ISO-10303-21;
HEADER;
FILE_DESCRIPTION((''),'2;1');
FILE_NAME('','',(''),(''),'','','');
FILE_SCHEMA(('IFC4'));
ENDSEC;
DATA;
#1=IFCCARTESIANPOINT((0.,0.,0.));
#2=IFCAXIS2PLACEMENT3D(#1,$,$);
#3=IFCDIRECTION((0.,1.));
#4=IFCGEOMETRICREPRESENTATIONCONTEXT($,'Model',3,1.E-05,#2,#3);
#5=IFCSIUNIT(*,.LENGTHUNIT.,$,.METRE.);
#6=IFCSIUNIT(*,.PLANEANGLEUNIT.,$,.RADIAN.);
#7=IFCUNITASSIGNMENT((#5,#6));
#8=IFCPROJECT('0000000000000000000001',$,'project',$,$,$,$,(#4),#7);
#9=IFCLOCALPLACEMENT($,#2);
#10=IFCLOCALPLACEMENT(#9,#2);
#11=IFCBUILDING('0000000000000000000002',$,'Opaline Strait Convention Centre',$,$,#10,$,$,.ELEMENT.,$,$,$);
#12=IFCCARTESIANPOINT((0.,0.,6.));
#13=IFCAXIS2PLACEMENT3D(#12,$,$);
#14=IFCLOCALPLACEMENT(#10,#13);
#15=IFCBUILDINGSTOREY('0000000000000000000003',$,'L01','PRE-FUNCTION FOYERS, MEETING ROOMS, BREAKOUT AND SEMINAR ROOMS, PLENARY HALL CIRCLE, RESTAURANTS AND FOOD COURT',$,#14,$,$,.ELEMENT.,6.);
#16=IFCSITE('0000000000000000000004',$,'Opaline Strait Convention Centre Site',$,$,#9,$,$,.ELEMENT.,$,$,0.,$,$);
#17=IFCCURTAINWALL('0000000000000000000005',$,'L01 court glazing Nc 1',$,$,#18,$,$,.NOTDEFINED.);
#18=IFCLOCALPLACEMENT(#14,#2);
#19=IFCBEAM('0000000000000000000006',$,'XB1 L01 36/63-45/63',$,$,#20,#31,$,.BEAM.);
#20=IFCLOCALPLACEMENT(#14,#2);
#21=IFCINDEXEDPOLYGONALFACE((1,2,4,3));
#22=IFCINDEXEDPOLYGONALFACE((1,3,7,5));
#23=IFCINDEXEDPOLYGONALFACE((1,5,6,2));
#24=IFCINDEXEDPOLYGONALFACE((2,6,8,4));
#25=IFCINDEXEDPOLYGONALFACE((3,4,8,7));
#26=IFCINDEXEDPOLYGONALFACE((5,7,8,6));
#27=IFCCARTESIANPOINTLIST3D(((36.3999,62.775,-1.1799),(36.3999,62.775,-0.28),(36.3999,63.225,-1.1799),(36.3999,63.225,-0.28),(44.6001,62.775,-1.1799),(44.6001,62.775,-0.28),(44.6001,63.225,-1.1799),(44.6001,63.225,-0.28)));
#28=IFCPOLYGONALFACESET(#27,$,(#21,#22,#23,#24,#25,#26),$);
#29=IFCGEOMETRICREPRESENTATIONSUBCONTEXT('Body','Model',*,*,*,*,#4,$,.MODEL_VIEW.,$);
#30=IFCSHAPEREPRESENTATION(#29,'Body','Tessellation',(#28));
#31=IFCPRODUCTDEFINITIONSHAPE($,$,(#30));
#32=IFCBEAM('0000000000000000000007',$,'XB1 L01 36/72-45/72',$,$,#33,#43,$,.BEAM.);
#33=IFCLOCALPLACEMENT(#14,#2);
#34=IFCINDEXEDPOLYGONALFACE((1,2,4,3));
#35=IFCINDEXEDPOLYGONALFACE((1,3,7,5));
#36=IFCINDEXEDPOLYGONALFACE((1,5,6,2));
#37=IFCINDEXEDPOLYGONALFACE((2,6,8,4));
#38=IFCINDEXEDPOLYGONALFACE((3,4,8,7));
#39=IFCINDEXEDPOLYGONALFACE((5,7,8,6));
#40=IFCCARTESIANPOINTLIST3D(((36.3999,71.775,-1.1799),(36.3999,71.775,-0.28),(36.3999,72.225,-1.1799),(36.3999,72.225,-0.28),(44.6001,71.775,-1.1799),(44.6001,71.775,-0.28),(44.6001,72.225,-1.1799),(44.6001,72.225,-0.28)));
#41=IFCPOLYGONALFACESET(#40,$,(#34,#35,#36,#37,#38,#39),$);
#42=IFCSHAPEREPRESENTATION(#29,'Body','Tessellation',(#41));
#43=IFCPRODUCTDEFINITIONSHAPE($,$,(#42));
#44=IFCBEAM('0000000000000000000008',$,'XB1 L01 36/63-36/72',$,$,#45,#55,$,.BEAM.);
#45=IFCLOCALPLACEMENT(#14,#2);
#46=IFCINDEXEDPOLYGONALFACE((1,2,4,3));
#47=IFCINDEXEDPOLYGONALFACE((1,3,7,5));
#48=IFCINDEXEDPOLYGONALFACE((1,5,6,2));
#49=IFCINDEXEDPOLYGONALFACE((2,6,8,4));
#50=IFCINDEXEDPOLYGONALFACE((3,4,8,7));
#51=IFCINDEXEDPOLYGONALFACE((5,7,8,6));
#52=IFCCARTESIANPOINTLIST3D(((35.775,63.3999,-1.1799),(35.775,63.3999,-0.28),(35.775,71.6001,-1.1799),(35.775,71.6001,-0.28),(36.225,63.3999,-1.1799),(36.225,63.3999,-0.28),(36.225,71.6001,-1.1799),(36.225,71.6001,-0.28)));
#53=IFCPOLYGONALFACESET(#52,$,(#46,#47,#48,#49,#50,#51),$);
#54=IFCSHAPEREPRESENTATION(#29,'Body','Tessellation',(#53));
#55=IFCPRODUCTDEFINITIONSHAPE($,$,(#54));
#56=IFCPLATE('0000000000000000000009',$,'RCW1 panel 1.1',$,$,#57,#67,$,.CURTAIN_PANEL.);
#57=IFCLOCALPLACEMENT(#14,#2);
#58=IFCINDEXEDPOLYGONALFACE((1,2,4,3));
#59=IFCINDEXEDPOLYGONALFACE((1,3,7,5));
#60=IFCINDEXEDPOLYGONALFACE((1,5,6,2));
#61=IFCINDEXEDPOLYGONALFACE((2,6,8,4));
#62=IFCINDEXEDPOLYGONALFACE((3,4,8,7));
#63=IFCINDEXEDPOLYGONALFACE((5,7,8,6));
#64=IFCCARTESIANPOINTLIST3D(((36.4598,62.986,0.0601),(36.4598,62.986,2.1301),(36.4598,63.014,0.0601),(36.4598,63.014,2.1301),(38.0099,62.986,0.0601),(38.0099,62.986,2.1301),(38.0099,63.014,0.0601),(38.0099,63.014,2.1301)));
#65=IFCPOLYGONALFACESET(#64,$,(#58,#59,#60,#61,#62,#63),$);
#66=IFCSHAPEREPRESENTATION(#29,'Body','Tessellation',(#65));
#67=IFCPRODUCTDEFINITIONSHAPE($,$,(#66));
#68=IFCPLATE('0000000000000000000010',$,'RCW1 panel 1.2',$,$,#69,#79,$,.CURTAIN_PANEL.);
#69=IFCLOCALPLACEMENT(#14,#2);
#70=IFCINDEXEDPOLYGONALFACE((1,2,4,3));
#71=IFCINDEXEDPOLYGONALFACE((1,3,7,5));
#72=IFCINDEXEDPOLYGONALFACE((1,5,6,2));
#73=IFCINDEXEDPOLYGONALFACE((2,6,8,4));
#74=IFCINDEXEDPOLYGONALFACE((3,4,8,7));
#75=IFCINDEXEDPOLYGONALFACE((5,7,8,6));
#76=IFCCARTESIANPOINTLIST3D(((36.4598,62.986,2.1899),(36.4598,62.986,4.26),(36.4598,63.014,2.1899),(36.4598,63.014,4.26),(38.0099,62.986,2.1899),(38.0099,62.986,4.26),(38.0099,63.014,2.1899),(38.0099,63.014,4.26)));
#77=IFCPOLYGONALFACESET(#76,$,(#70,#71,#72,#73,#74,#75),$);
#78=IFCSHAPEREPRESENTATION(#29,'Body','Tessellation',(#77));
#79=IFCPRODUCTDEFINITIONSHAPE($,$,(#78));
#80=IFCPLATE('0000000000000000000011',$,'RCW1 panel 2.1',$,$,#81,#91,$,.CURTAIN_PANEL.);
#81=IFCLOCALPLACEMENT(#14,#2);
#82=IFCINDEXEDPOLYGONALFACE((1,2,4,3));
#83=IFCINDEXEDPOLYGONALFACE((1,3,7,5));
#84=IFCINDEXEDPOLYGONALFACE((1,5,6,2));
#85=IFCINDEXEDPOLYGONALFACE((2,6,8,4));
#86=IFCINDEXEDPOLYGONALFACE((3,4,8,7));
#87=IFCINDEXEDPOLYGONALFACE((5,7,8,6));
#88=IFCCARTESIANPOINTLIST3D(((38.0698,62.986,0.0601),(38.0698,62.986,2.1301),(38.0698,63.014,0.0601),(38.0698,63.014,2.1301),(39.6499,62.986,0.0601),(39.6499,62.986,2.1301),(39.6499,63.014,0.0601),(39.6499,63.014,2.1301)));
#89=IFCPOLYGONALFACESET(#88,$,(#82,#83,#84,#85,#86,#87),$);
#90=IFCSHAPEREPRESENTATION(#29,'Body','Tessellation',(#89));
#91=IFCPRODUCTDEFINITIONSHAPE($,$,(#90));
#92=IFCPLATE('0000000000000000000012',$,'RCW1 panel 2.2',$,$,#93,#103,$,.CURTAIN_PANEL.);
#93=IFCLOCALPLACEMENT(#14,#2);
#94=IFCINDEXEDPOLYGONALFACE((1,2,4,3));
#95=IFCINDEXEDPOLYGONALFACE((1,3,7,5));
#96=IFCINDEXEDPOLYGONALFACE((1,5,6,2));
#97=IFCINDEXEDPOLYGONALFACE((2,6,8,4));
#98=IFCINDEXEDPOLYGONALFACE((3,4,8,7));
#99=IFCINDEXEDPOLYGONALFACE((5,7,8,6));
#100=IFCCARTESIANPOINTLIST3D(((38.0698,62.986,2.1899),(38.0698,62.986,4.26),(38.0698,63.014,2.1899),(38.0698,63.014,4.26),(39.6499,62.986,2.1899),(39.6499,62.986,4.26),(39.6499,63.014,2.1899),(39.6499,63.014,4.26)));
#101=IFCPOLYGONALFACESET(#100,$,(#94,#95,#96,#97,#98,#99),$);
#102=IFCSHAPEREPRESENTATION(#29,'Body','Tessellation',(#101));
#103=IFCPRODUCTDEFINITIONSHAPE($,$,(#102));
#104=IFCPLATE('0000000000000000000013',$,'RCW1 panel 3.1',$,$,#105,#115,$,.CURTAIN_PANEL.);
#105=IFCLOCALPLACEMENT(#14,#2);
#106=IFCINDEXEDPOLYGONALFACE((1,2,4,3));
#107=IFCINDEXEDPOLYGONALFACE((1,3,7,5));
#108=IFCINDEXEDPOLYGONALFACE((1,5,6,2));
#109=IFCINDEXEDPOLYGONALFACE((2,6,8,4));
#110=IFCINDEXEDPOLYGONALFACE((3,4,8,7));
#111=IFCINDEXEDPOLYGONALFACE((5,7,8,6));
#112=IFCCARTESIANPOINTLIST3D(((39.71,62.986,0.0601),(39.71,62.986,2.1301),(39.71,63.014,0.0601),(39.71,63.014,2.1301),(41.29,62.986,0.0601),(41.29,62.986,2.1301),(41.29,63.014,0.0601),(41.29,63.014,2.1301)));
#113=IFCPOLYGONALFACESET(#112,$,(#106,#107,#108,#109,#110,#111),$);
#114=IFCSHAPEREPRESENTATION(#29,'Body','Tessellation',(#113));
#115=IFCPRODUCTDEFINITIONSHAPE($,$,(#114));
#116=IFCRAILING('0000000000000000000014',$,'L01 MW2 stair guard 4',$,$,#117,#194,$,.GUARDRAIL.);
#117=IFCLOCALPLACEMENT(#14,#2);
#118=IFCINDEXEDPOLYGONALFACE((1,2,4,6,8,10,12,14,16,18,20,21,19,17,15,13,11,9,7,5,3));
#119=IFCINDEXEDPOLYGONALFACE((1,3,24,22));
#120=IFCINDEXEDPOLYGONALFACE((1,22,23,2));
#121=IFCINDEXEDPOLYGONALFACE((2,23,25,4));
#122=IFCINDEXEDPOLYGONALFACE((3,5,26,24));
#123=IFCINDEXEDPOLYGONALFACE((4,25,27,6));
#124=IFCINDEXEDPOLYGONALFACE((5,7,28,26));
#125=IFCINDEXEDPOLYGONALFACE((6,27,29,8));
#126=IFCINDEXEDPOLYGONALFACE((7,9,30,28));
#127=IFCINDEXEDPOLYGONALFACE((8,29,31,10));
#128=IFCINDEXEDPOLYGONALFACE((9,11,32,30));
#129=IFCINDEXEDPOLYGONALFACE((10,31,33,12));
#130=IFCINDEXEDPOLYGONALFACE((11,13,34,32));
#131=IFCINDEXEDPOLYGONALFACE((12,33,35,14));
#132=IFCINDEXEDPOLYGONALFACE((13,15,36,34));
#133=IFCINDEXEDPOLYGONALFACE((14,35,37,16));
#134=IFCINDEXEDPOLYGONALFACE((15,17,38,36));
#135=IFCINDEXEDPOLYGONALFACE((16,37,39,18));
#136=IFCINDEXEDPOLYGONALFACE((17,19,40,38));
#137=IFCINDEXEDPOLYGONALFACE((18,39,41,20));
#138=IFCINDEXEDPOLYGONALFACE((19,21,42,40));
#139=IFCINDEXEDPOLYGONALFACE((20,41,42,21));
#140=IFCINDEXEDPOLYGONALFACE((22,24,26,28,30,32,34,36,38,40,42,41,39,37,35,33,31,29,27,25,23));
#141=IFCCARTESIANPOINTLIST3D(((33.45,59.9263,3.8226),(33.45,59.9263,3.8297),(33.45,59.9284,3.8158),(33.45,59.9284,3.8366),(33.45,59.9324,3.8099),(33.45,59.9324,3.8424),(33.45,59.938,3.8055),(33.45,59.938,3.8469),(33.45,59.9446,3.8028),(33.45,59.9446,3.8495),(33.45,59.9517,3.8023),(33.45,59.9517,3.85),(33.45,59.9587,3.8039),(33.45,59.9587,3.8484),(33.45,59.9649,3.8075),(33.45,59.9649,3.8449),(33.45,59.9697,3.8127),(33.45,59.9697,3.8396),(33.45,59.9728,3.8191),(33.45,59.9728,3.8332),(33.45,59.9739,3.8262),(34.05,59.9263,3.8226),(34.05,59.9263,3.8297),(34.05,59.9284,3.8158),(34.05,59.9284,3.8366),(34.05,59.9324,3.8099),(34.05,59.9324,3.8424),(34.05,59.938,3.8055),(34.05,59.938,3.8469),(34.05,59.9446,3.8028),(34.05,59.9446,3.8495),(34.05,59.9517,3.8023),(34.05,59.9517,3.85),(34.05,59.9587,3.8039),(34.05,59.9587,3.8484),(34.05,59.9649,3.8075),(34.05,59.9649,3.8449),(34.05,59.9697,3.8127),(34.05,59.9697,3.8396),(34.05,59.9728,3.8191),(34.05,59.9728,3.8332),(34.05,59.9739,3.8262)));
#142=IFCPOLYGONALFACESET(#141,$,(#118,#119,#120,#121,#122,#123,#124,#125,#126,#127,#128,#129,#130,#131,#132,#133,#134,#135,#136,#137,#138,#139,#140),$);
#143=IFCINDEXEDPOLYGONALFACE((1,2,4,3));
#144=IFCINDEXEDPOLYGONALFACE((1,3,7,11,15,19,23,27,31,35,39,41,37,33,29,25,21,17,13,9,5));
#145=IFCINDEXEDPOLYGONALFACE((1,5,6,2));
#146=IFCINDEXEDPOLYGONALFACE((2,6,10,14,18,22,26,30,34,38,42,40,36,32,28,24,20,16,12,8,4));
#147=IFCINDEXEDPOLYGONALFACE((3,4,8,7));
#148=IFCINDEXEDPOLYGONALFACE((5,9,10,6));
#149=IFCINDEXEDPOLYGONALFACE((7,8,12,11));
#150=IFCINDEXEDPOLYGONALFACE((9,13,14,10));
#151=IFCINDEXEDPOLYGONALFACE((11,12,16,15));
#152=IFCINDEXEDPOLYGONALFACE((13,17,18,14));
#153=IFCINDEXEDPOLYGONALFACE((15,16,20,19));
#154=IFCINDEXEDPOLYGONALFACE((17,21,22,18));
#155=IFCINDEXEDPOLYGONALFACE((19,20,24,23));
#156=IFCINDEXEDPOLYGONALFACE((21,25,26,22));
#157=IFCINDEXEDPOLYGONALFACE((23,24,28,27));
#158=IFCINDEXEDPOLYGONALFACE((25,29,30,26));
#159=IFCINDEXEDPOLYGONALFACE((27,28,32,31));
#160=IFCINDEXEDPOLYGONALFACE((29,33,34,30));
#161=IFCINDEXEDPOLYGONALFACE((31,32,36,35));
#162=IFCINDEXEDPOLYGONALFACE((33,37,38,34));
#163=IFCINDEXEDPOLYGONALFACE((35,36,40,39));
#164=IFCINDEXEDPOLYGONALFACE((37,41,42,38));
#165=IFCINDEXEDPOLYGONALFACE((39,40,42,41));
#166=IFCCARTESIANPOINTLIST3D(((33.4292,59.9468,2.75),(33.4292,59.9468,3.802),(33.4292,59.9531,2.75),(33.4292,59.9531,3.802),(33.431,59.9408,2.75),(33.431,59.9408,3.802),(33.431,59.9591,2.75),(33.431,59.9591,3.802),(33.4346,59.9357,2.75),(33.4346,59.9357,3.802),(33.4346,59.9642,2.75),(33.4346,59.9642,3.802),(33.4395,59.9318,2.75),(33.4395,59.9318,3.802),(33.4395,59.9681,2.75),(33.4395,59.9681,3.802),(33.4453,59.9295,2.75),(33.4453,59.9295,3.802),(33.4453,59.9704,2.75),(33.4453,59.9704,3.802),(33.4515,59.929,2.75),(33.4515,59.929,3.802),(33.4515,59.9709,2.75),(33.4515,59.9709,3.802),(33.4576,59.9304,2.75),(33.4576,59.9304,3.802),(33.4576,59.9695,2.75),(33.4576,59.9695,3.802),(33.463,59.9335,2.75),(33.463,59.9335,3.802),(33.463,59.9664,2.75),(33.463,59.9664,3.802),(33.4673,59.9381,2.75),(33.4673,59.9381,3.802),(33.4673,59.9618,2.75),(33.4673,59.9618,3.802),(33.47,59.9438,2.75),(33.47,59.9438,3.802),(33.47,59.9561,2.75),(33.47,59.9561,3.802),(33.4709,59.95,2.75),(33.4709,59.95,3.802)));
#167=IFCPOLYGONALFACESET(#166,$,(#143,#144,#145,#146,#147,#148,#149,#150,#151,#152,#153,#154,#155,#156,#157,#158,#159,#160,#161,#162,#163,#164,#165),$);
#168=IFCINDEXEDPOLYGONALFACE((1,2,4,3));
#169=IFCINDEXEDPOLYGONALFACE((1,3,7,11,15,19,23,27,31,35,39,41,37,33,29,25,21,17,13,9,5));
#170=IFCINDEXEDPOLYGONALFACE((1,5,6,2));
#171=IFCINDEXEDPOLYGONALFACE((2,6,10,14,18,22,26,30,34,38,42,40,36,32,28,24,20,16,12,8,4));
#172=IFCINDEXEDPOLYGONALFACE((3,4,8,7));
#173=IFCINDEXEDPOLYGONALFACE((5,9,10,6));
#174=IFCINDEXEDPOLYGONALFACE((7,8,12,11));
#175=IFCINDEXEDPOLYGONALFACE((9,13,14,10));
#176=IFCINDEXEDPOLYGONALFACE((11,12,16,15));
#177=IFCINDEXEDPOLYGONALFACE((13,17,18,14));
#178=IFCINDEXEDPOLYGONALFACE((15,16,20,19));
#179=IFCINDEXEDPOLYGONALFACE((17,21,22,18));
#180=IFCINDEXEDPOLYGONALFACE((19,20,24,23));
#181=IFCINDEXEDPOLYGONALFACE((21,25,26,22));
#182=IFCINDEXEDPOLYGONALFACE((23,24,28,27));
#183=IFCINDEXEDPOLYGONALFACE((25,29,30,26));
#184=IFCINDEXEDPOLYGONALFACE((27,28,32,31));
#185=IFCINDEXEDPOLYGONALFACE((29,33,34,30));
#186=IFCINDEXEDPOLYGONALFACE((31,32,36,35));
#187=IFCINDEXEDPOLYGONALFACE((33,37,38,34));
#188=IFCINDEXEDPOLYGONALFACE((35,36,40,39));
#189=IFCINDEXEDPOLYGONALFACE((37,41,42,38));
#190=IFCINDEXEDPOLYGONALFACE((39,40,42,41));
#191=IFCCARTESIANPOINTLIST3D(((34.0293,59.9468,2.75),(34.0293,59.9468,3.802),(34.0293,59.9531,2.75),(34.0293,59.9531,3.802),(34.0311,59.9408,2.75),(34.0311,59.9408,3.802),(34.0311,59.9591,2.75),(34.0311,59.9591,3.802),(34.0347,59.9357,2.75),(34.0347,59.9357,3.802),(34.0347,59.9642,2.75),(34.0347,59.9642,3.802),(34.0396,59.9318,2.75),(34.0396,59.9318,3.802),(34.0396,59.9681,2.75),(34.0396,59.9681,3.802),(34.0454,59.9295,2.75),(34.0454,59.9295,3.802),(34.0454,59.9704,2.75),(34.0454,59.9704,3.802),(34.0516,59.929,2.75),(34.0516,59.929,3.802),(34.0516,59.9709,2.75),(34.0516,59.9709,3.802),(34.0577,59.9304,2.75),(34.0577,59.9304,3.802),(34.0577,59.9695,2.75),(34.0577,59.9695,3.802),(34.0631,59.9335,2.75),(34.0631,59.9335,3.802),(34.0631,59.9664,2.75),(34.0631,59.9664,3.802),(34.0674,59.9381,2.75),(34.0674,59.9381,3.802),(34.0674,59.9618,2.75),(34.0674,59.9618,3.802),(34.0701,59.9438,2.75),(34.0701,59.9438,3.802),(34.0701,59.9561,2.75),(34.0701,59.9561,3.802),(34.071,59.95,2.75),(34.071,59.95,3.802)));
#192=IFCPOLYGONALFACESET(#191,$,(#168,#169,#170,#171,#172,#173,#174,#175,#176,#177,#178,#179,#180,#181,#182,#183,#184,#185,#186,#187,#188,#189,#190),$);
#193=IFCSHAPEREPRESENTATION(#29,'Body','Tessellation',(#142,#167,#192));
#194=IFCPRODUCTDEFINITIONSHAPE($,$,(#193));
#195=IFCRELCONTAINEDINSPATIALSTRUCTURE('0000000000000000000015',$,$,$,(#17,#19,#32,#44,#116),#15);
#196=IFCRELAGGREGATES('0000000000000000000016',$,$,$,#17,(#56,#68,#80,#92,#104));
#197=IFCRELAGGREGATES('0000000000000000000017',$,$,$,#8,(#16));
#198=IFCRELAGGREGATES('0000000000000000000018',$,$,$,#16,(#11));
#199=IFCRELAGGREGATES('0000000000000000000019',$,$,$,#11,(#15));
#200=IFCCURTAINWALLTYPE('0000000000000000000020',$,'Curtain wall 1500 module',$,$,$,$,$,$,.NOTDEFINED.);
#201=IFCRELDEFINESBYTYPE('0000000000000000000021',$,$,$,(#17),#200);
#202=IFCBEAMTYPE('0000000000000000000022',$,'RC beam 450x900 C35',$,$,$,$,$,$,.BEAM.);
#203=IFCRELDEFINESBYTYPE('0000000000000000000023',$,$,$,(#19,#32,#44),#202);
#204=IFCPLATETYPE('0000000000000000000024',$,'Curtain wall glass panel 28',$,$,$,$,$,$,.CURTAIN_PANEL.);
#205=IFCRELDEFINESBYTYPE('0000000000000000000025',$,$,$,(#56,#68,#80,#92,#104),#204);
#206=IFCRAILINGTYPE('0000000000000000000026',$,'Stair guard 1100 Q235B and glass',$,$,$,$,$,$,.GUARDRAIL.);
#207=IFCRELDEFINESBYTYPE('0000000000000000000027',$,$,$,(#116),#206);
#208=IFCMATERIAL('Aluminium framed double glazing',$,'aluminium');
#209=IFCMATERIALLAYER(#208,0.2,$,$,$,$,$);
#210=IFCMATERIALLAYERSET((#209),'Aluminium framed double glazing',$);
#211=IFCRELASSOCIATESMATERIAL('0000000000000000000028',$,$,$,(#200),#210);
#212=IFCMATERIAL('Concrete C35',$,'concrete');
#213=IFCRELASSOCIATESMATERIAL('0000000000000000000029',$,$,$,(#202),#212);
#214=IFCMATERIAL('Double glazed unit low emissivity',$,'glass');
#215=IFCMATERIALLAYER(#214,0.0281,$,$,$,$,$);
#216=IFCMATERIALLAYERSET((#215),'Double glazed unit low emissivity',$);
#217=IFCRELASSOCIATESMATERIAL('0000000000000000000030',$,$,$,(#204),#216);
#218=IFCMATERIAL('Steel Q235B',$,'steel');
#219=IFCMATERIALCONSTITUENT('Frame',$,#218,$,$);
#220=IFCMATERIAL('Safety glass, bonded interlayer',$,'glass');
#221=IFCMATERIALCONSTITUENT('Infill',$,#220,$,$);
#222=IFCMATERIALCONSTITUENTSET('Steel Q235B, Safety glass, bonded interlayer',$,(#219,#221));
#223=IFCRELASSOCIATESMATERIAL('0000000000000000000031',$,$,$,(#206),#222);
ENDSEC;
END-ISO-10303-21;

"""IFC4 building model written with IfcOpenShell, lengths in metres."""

from ifc_helpers import new_model, si_unit, direction, frame, origin, origin_2d, place, context, subcontext, project, spatial, rectangle, circle, extrude, material, layer, layer_set, constituent, constituent_set, material_profile, profile_set, type_object, element, aggregate, save


model = new_model("IFC4")

# Units and contexts
model_context = context("Model", 3, precision=1e-05, world=origin(), true_north=direction((0.0, 1.0)))
body_context = subcontext(model_context, "Body", "Model", "MODEL_VIEW")
ifc_project = project(units=[si_unit("LENGTHUNIT", "METRE"), si_unit("PLANEANGLEUNIT", "RADIAN")], contexts=[model_context])

# Site, building, storey
site_placement = place(None, origin())
site = spatial("IfcSite", under=ifc_project, at=site_placement, Name="Opaline Strait Convention Centre Site", CompositionType="ELEMENT", RefElevation=0.0)
building_placement = place(site_placement, origin())
building = spatial("IfcBuilding", under=site, at=building_placement, Name="Opaline Strait Convention Centre", CompositionType="ELEMENT")
storey_placement = place(building_placement, frame((0.0, 0.0, 6.0)))
storey = spatial("IfcBuildingStorey", under=building, at=storey_placement, Name="L01", Description="PRE-FUNCTION FOYERS, MEETING ROOMS, BREAKOUT AND SEMINAR ROOMS, PLENARY HALL CIRCLE, RESTAURANTS AND FOOD COURT", CompositionType="ELEMENT", Elevation=6.0)

# Curtain wall
ifc_material_1 = material(Name="Aluminium framed double glazing", Category="aluminium")
ifc_layer_1 = layer(ifc_material_1, 0.2)
ifc_layer_set_1 = layer_set([ifc_layer_1], Name="Aluminium framed double glazing")
curtain_wall_type = type_object("IfcCurtainWallType", Name="Curtain wall 1500 module", PredefinedType="NOTDEFINED", material=ifc_layer_set_1)
curtain_wall_placement = place(storey_placement, origin())
curtain_wall = element("IfcCurtainWall", 1, at=curtain_wall_placement, inside=storey, type_object=curtain_wall_type, Name="L01 court glazing Nc 1", PredefinedType="NOTDEFINED")

# Beams
ifc_material_2 = material(Name="Concrete C35", Category="concrete")
ifc_material_profile_1 = material_profile(ifc_material_2, rectangle(XDim=0.45, YDim=0.8999, at=origin_2d()), Name="RC 450x900")
ifc_profile_set_1 = profile_set([ifc_material_profile_1], Name="Concrete C35")
beam_type = type_object("IfcBeamType", Name="RC beam 450x900 C35", PredefinedType="BEAM", material=ifc_profile_set_1)
for number, where, z_axis, x_axis, name in (
    (2, (36.3999, 63.0, -0.73), (1.0, 0.0, 0.0), (0.0, 1.0, 0.0), "XB1 L01 36/63-45/63"),
    (3, (36.3999, 72.0, -0.73), (1.0, 0.0, 0.0), (0.0, 1.0, 0.0), "XB1 L01 36/72-45/72"),
    (4, (36.0, 63.3999, -0.73), (0.0, 1.0, 0.0), (-1.0, 0.0, 0.0), "XB1 L01 36/63-36/72"),
):
    element("IfcBeam", number, at=place(storey_placement, frame(where, z_axis=z_axis, x_axis=x_axis)), inside=storey, type_object=beam_type, Name=name, PredefinedType="BEAM", context=body_context, shape_type="SweptSolid", body=[
        extrude(rectangle(XDim=0.45, YDim=0.8999, at=origin_2d()), origin(), (0.0, 0.0, 1.0), 8.2002),
    ])

# Plates
ifc_material_3 = material(Name="Double glazed unit low emissivity", Category="glass")
ifc_layer_2 = layer(ifc_material_3, 0.0281)
ifc_layer_set_2 = layer_set([ifc_layer_2], Name="Double glazed unit low emissivity")
plate_type = type_object("IfcPlateType", Name="Curtain wall glass panel 28", PredefinedType="CURTAIN_PANEL", material=ifc_layer_set_2)
plate_1_placement = place(storey_placement, frame((37.2349, 63.0, 0.0601), z_axis=(0.0, 0.0, 1.0), x_axis=(1.0, 0.0, 0.0)))
plate_1 = element("IfcPlate", 5, at=plate_1_placement, type_object=plate_type, Name="RCW1 panel 1.1", PredefinedType="CURTAIN_PANEL", context=body_context, shape_type="SweptSolid", body=[
    extrude(rectangle(XDim=1.55, YDim=0.0281, at=origin_2d()), origin(), (0.0, 0.0, 1.0), 2.0701),
])
plate_2_placement = place(storey_placement, frame((37.2349, 63.0, 2.1899), z_axis=(0.0, 0.0, 1.0), x_axis=(1.0, 0.0, 0.0)))
plate_2 = element("IfcPlate", 6, at=plate_2_placement, type_object=plate_type, Name="RCW1 panel 1.2", PredefinedType="CURTAIN_PANEL", context=body_context, shape_type="SweptSolid", body=[
    extrude(rectangle(XDim=1.55, YDim=0.0281, at=origin_2d()), origin(), (0.0, 0.0, 1.0), 2.0701),
])
plate_3_placement = place(storey_placement, frame((38.8599, 63.0, 0.0601), z_axis=(0.0, 0.0, 1.0), x_axis=(1.0, 0.0, 0.0)))
plate_3 = element("IfcPlate", 7, at=plate_3_placement, type_object=plate_type, Name="RCW1 panel 2.1", PredefinedType="CURTAIN_PANEL", context=body_context, shape_type="SweptSolid", body=[
    extrude(rectangle(XDim=1.5801, YDim=0.0281, at=origin_2d()), origin(), (0.0, 0.0, 1.0), 2.0701),
])
plate_4_placement = place(storey_placement, frame((38.8599, 63.0, 2.1899), z_axis=(0.0, 0.0, 1.0), x_axis=(1.0, 0.0, 0.0)))
plate_4 = element("IfcPlate", 8, at=plate_4_placement, type_object=plate_type, Name="RCW1 panel 2.2", PredefinedType="CURTAIN_PANEL", context=body_context, shape_type="SweptSolid", body=[
    extrude(rectangle(XDim=1.5801, YDim=0.0281, at=origin_2d()), origin(), (0.0, 0.0, 1.0), 2.0701),
])
plate_5_placement = place(storey_placement, frame((40.5, 63.0, 0.0601), z_axis=(0.0, 0.0, 1.0), x_axis=(1.0, 0.0, 0.0)))
plate_5 = element("IfcPlate", 9, at=plate_5_placement, type_object=plate_type, Name="RCW1 panel 3.1", PredefinedType="CURTAIN_PANEL", context=body_context, shape_type="SweptSolid", body=[
    extrude(rectangle(XDim=1.5801, YDim=0.0281, at=origin_2d()), origin(), (0.0, 0.0, 1.0), 2.0701),
])
aggregate(curtain_wall, [plate_1, plate_2, plate_3, plate_4, plate_5])

# Railing
ifc_material_4 = material(Name="Steel Q235B", Category="steel")
ifc_material_5 = material(Name="Safety glass, bonded interlayer", Category="glass")
ifc_constituent_1 = constituent(ifc_material_4, Name="Frame")
ifc_constituent_2 = constituent(ifc_material_5, Name="Infill")
ifc_constituent_set_1 = constituent_set(constituents=[ifc_constituent_1, ifc_constituent_2], Name="Steel Q235B, Safety glass, bonded interlayer")
railing_type_1 = type_object("IfcRailingType", Name="Stair guard 1100 Q235B and glass", PredefinedType="GUARDRAIL", material=ifc_constituent_set_1)
for number, where, name in (
    (10, (33.45, 59.95, 2.75), "L01 MW2 stair guard 4"),
):
    element("IfcRailing", number, at=place(storey_placement, frame(where)), inside=storey, type_object=railing_type_1, Name=name, PredefinedType="GUARDRAIL", context=body_context, shape_type="SweptSolid", body=[
        extrude(circle(Radius=0.0239, at=origin_2d()), frame((0.0, 0.0, 1.0762), z_axis=(1.0, 0.0, 0.0), x_axis=(0.0, 1.0, 0.0)), (0.0, 0.0, 1.0), 0.6001),
        extrude(circle(Radius=0.021, at=origin_2d()), origin(), (0.0, 0.0, 1.0), 1.052),
        extrude(circle(Radius=0.021, at=origin_2d()), frame((0.6001, 0.0, 0.0)), (0.0, 0.0, 1.0), 1.052),
    ])

save(model, "model.ifc")
